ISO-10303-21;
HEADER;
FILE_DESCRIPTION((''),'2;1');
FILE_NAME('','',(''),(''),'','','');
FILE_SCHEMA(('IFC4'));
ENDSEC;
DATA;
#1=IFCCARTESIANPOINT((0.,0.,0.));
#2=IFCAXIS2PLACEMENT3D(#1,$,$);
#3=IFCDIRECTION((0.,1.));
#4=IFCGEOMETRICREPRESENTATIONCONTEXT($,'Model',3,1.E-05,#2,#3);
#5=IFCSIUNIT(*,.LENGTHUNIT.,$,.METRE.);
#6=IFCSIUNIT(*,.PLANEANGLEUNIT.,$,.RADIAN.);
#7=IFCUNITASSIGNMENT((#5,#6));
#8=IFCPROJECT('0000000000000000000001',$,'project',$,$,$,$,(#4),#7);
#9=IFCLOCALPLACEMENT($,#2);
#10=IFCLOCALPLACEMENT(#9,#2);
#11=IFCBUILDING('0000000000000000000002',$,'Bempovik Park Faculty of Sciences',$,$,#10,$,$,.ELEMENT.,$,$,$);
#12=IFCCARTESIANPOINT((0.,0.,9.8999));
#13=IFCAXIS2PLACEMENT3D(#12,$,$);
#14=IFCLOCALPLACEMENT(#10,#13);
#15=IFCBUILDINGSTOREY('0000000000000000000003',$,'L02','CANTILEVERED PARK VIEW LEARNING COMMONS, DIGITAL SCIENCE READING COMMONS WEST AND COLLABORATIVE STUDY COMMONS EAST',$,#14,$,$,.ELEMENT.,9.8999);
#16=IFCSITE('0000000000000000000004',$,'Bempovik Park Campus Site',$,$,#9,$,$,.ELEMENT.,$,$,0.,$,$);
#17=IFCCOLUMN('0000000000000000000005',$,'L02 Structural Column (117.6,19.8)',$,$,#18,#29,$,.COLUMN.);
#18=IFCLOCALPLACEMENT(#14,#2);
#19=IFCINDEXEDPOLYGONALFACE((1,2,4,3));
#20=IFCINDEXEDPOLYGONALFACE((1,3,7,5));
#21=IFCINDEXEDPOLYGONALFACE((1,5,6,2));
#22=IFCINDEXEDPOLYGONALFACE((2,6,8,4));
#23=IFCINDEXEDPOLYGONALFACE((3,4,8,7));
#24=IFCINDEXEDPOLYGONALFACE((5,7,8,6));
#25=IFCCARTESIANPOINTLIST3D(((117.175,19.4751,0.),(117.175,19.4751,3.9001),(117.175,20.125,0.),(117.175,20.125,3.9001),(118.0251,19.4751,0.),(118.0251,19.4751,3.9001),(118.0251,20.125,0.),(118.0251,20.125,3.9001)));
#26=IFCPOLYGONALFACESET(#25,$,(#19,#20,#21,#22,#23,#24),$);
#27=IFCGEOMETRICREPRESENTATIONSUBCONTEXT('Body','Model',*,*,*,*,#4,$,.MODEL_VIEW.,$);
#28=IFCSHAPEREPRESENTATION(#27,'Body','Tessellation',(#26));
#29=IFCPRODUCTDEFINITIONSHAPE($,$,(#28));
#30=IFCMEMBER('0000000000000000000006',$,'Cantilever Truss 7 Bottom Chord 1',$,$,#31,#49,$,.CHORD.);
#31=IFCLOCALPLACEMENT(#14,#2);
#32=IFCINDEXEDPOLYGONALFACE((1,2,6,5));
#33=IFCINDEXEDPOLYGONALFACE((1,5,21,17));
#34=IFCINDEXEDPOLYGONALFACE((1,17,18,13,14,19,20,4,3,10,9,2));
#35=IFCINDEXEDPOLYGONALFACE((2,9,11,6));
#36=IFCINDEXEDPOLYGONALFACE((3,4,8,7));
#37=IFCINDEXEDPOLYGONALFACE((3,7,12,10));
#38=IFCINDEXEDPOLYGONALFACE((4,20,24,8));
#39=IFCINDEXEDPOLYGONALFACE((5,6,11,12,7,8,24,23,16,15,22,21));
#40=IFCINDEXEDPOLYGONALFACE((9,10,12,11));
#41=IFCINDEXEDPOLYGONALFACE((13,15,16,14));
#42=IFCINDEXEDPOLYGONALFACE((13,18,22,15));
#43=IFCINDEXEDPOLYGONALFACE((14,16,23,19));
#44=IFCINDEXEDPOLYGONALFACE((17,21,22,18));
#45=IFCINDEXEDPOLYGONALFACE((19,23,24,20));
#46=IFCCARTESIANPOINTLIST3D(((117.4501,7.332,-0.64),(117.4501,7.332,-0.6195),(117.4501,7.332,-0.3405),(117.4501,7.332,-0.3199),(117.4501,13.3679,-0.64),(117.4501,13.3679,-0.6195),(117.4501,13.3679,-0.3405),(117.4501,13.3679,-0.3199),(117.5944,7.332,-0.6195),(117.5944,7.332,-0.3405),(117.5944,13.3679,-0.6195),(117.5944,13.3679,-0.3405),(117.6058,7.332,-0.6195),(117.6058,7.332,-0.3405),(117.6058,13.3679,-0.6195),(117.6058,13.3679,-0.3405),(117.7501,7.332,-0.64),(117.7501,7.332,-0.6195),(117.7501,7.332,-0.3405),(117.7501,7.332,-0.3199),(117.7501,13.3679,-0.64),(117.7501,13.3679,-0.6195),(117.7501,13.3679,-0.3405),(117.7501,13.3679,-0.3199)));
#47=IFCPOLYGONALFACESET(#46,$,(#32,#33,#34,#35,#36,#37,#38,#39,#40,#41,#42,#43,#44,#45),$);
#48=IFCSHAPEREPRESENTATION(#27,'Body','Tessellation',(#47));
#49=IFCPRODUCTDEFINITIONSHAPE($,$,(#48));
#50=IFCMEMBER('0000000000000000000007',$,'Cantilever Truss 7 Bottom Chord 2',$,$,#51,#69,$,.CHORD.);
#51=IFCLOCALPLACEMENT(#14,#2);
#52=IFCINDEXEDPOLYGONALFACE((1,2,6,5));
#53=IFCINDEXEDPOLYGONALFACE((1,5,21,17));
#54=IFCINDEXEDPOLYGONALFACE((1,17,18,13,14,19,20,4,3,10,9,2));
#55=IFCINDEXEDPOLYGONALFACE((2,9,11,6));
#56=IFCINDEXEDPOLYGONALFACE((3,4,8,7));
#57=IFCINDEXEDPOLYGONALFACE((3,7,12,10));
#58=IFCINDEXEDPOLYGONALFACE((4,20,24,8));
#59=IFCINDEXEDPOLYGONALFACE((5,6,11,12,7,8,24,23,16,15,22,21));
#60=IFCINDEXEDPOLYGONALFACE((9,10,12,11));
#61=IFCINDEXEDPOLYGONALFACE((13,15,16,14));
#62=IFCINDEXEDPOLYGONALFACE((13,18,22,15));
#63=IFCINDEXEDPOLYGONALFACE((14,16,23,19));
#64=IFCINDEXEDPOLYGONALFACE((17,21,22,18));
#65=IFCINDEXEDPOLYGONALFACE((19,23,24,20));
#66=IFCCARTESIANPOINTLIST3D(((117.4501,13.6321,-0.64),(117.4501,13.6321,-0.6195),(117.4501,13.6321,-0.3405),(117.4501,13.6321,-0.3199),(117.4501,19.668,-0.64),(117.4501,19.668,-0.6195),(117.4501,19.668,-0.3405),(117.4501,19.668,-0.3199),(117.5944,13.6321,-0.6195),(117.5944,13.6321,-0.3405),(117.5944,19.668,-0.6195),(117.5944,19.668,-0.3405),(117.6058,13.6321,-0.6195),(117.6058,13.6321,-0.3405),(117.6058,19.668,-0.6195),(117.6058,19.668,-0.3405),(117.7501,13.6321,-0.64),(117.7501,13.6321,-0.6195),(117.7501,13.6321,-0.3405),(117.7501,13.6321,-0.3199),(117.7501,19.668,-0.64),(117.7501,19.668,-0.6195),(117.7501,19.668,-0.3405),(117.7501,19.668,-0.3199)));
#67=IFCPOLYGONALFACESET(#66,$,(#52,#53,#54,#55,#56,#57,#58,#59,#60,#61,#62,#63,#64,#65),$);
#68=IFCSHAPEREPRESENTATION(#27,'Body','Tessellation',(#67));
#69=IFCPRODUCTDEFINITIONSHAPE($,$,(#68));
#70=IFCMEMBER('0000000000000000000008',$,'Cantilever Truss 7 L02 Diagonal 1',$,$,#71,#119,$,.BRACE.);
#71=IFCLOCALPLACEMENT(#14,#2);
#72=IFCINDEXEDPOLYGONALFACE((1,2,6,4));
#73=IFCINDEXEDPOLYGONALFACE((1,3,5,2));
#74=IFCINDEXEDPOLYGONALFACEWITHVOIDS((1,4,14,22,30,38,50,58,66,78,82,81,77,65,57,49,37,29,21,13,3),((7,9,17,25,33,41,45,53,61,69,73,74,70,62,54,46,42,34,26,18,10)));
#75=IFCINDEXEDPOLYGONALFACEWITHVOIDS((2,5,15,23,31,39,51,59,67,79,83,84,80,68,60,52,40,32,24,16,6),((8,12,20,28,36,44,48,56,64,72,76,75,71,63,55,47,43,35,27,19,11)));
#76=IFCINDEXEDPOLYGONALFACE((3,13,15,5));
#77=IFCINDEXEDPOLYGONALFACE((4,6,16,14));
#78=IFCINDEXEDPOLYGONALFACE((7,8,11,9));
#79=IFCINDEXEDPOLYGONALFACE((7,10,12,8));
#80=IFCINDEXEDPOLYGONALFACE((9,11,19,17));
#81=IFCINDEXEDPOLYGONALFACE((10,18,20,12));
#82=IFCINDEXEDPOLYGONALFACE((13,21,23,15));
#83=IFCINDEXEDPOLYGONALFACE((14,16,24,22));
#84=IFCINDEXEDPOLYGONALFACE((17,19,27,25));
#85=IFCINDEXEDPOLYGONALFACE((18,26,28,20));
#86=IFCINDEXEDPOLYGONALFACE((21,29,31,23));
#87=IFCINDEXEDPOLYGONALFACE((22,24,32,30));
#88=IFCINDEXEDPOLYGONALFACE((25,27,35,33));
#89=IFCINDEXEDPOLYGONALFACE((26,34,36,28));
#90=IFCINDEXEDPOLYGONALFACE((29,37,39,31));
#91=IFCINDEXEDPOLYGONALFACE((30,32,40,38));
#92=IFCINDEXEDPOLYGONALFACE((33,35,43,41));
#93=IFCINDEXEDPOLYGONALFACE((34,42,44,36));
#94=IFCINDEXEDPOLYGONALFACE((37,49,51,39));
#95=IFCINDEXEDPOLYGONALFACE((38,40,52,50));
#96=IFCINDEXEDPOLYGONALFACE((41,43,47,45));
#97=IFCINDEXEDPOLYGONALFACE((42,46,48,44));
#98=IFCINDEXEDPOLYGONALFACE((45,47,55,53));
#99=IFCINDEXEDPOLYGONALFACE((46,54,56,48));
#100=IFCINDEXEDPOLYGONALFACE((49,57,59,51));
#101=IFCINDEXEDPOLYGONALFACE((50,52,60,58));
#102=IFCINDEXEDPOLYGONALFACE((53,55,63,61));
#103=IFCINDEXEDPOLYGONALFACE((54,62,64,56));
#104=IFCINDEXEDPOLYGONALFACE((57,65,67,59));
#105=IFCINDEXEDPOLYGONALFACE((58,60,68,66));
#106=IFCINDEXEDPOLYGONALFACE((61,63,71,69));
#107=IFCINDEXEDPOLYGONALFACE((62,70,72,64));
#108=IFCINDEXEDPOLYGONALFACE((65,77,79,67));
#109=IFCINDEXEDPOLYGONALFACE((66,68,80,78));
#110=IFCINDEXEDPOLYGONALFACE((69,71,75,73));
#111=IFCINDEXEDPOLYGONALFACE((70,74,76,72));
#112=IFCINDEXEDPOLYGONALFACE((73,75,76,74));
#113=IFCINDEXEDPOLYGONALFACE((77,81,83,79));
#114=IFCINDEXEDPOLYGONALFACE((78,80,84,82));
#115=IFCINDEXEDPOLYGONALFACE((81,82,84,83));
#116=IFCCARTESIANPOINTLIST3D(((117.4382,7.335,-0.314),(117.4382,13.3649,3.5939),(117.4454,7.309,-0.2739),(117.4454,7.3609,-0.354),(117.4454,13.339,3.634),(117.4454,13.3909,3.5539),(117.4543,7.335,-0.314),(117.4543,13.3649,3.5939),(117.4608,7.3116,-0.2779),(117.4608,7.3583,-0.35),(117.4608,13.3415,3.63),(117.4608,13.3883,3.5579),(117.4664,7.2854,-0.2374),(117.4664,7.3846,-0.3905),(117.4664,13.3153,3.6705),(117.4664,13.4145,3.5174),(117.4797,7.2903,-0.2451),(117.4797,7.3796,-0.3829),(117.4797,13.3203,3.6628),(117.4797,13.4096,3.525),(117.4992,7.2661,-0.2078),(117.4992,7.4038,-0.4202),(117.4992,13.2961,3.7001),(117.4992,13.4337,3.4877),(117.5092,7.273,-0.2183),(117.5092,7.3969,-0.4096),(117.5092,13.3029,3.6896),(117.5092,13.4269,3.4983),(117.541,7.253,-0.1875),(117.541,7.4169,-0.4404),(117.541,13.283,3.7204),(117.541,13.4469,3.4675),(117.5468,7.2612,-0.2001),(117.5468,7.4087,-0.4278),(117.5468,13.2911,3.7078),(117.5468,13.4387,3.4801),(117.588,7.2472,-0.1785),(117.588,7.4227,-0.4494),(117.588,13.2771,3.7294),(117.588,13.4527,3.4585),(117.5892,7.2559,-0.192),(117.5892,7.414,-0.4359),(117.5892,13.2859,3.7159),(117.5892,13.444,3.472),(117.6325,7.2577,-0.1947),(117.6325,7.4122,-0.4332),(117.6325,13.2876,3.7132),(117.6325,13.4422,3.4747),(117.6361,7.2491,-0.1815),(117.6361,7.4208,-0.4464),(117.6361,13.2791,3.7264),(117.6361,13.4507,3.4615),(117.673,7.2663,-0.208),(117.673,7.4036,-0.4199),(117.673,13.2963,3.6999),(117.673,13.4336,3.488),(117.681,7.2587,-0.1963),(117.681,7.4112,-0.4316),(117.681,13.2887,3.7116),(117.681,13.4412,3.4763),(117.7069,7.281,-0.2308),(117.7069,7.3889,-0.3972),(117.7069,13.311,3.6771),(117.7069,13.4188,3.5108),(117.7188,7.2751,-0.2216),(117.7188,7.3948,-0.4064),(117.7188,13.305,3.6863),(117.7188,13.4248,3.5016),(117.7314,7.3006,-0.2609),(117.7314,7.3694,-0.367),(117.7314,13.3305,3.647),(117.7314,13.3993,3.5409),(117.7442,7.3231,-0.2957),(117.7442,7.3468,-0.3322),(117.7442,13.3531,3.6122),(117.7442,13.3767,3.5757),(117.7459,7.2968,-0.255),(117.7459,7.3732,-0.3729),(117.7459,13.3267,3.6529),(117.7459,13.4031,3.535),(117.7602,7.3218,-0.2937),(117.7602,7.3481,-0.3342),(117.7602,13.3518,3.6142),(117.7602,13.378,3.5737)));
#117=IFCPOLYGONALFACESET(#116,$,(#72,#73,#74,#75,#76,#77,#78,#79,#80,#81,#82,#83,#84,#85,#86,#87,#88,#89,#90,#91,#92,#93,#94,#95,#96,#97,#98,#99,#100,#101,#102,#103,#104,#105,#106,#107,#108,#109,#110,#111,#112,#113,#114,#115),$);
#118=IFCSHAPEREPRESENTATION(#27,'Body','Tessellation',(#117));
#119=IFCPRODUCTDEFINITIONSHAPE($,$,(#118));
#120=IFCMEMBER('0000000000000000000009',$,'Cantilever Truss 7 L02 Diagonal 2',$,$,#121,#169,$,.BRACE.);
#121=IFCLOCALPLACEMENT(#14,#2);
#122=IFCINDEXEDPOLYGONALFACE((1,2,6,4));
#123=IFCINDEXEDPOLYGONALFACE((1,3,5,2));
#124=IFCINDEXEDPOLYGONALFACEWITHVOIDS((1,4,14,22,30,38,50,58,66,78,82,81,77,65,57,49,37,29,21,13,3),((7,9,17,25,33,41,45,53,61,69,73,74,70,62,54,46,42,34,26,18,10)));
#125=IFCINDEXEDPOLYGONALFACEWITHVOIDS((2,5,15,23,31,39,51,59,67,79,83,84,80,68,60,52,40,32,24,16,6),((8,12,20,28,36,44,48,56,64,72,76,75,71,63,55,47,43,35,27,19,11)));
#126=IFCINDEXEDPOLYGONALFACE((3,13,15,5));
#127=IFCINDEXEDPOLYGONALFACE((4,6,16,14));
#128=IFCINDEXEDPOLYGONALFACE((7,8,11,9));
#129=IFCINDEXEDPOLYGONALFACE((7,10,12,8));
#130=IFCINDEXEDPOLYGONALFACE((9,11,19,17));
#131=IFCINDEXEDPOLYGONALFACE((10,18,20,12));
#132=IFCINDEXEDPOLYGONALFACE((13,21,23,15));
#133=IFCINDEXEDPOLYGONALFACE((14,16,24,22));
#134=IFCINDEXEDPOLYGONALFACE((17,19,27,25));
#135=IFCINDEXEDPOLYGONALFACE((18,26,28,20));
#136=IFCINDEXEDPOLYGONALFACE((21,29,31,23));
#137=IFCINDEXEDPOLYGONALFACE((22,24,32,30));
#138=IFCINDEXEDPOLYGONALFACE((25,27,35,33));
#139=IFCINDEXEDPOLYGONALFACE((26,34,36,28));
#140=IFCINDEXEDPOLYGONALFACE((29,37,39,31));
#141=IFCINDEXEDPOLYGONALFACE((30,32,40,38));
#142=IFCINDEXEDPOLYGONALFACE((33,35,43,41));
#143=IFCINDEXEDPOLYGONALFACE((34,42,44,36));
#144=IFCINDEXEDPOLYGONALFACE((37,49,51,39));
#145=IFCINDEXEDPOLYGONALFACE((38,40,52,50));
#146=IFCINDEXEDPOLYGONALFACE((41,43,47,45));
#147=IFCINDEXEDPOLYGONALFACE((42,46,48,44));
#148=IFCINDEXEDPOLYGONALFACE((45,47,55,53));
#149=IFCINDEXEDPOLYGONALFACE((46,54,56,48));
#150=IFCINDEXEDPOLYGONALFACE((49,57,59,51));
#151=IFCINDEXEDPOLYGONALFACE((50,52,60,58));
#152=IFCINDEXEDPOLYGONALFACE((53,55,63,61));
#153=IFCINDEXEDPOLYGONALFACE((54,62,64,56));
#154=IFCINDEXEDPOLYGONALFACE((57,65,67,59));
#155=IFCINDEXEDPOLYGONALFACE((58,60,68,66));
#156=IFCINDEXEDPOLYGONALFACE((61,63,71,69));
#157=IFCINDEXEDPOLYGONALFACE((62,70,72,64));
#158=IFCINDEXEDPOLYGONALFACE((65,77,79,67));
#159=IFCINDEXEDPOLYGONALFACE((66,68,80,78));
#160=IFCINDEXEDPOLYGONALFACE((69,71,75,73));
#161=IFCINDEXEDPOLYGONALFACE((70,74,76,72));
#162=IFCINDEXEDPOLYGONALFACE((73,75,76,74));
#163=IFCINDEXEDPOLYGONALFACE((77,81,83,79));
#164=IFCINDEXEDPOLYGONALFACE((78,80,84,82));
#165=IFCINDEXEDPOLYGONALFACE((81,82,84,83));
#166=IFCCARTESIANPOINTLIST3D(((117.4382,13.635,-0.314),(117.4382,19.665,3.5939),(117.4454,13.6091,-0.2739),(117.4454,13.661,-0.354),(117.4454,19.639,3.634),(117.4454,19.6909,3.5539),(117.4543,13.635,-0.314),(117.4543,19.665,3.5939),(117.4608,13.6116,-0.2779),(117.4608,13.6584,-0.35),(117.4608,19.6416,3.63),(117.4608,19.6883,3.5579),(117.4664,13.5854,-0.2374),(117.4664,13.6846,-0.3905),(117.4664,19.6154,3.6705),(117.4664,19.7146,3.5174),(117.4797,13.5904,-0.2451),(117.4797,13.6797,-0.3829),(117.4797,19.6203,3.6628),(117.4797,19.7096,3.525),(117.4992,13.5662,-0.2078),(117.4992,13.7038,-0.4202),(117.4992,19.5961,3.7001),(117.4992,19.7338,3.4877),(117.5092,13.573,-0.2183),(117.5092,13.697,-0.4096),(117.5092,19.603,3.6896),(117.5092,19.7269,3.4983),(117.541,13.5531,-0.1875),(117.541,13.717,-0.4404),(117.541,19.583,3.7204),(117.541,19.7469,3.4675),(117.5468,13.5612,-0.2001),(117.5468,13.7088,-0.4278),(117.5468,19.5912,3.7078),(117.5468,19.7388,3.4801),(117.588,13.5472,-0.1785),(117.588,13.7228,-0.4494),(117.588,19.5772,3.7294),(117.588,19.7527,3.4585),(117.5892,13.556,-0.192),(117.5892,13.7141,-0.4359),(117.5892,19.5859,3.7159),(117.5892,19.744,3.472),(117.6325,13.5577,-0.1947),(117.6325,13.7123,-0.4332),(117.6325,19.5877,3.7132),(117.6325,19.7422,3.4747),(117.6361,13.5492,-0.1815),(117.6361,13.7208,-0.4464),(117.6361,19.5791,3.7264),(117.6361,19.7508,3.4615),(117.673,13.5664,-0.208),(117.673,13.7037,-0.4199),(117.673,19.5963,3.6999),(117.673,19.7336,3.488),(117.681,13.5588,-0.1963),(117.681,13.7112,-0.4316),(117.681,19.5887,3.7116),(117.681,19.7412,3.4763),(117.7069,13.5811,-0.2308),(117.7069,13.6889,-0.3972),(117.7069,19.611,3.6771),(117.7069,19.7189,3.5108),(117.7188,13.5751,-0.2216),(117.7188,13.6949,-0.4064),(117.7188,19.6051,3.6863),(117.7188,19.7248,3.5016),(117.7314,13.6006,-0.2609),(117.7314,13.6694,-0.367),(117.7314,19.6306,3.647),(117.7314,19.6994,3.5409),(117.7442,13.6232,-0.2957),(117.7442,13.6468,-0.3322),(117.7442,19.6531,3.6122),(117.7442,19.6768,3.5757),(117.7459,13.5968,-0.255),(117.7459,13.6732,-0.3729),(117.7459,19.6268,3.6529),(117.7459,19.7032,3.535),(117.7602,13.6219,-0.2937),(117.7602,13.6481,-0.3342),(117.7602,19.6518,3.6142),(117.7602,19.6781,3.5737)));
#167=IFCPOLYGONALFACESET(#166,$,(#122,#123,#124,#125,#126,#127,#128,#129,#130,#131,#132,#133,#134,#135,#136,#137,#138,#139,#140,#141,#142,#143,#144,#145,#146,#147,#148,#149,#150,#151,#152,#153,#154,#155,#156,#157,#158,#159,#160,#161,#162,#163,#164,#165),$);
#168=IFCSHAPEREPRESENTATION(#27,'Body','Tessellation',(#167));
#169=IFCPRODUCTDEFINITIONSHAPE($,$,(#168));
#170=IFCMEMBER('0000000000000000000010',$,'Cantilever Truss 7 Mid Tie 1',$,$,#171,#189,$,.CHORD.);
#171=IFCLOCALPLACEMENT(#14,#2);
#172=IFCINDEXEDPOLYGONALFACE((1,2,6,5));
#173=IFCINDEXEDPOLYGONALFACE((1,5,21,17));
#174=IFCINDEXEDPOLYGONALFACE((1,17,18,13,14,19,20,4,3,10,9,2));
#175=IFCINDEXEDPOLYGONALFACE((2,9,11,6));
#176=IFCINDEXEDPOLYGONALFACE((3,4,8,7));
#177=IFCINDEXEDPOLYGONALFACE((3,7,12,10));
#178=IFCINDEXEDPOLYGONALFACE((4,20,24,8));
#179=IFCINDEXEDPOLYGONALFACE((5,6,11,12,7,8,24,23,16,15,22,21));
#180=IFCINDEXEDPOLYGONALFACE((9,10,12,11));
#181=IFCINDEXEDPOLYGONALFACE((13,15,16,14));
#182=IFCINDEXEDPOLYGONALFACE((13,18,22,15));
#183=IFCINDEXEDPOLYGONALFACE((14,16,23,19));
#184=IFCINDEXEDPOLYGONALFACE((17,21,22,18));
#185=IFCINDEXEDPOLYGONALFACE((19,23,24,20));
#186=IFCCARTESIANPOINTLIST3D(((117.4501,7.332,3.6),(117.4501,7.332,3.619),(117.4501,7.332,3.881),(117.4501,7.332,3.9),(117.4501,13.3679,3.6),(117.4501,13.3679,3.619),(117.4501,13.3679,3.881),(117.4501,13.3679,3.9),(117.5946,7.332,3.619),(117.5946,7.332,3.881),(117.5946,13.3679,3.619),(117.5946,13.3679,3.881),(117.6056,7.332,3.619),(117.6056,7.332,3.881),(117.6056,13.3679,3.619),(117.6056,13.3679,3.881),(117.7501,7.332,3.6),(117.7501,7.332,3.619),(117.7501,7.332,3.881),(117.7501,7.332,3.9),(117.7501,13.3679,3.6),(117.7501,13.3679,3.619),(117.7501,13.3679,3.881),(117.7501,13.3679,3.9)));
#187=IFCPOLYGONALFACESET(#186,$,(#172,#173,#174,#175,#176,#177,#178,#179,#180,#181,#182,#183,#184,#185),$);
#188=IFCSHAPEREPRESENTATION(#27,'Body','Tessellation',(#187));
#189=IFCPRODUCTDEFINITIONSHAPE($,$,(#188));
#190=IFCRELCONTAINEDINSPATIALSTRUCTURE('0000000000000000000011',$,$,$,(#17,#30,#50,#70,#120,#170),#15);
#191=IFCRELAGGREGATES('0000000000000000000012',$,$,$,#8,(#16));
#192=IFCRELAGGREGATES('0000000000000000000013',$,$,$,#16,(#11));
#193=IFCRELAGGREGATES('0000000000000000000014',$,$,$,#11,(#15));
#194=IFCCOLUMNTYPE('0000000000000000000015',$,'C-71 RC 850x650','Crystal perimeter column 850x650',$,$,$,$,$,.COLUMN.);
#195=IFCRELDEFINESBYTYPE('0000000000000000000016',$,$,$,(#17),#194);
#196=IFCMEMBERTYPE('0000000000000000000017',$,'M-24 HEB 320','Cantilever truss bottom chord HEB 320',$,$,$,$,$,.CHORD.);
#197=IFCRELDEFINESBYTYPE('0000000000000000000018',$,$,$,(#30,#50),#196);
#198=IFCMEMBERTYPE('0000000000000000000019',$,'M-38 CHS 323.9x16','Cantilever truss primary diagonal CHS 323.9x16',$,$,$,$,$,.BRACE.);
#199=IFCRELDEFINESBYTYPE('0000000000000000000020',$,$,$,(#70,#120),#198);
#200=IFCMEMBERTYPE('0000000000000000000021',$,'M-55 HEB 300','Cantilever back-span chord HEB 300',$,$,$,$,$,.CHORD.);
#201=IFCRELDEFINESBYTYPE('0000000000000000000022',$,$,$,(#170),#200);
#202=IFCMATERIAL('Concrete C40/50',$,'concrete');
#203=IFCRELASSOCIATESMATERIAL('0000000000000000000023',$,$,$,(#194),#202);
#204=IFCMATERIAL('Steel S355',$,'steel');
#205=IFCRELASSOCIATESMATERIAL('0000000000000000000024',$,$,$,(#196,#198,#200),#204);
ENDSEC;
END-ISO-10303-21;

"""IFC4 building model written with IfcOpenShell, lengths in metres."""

from ifc_helpers import new_model, si_unit, direction, frame, origin, origin_2d, place, context, subcontext, project, spatial, rectangle, hollow_circle, i_section, extrude, material, material_profile, profile_set, type_object, element, save


model = new_model("IFC4")

# Units and contexts
model_context = context("Model", 3, precision=1e-05, world=origin(), true_north=direction((0.0, 1.0)))
body_context = subcontext(model_context, "Body", "Model", "MODEL_VIEW")
ifc_project = project(units=[si_unit("LENGTHUNIT", "METRE"), si_unit("PLANEANGLEUNIT", "RADIAN")], contexts=[model_context])

# Site, building, storey
site_placement = place(None, origin())
site = spatial("IfcSite", under=ifc_project, at=site_placement, Name="Bempovik Park Campus Site", CompositionType="ELEMENT", RefElevation=0.0)
building_placement = place(site_placement, origin())
building = spatial("IfcBuilding", under=site, at=building_placement, Name="Bempovik Park Faculty of Sciences", CompositionType="ELEMENT")
storey_placement = place(building_placement, frame((0.0, 0.0, 9.8999)))
storey = spatial("IfcBuildingStorey", under=building, at=storey_placement, Name="L02", Description="CANTILEVERED PARK VIEW LEARNING COMMONS, DIGITAL SCIENCE READING COMMONS WEST AND COLLABORATIVE STUDY COMMONS EAST", CompositionType="ELEMENT", Elevation=9.8999)

# Column
ifc_material_1 = material(Name="Concrete C40/50", Category="concrete")
ifc_material_profile_1 = material_profile(ifc_material_1, rectangle(XDim=0.8501, YDim=0.6499, at=origin_2d()), Name="RC 850x650")
ifc_profile_set_1 = profile_set([ifc_material_profile_1], Name="Concrete C40/50")
column_type = type_object("IfcColumnType", Name="C-71 RC 850x650", Description="Crystal perimeter column 850x650", PredefinedType="COLUMN", material=ifc_profile_set_1)
column_placement = place(storey_placement, frame((117.6001, 19.8, 0.0), z_axis=(0.0, 0.0, 1.0), x_axis=(1.0, 0.0, 0.0)))
element("IfcColumn", 1, at=column_placement, inside=storey, type_object=column_type, Name="L02 Structural Column (117.6,19.8)", PredefinedType="COLUMN", context=body_context, shape_type="SweptSolid", body=[
    extrude(rectangle(XDim=0.8501, YDim=0.6499, at=origin_2d()), origin(), (0.0, 0.0, 1.0), 3.9001),
])

# Members
ifc_material_2 = material(Name="Steel S355", Category="steel")
ifc_material_profile_2 = material_profile(ifc_material_2, i_section(OverallWidth=0.3, OverallDepth=0.3201, WebThickness=0.0115, FlangeThickness=0.0205, at=origin_2d()), Name="HEB 320")
ifc_profile_set_2 = profile_set([ifc_material_profile_2], Name="Steel S355")
member_type_1 = type_object("IfcMemberType", Name="M-24 HEB 320", Description="Cantilever truss bottom chord HEB 320", PredefinedType="CHORD", material=ifc_profile_set_2)
for number, where, z_axis, x_axis, name in (
    (2, (117.6001, 7.332, -0.48), (0.0, 1.0, 0.0), (-1.0, 0.0, 0.0), "Cantilever Truss 7 Bottom Chord 1"),
    (3, (117.6001, 13.6321, -0.48), (0.0, 1.0, 0.0), (-1.0, 0.0, 0.0), "Cantilever Truss 7 Bottom Chord 2"),
):
    element("IfcMember", number, at=place(storey_placement, frame(where, z_axis=z_axis, x_axis=x_axis)), inside=storey, type_object=member_type_1, Name=name, PredefinedType="CHORD", context=body_context, shape_type="SweptSolid", body=[
        extrude(i_section(OverallWidth=0.3, OverallDepth=0.3201, WebThickness=0.0115, FlangeThickness=0.0205, at=origin_2d()), origin(), (0.0, 0.0, 1.0), 6.0359),
    ])
ifc_material_profile_3 = material_profile(ifc_material_2, hollow_circle(Radius=0.1619, WallThickness=0.0161, at=origin_2d()), Name="CHS 323.9x16")
ifc_profile_set_3 = profile_set([ifc_material_profile_3], Name="Steel S355")
member_type_2 = type_object("IfcMemberType", Name="M-38 CHS 323.9x16", Description="Cantilever truss primary diagonal CHS 323.9x16", PredefinedType="BRACE", material=ifc_profile_set_3)
for number, where, z_axis, x_axis, name in (
    (4, (117.6001, 7.335, -0.314), (0.0, 0.839178, 0.543857), (-1.0, 0.0, 0.0), "Cantilever Truss 7 L02 Diagonal 1"),
    (5, (117.6001, 13.635, -0.314), (0.0, 0.839178, 0.543857), (-1.0, 0.0, 0.0), "Cantilever Truss 7 L02 Diagonal 2"),
):
    element("IfcMember", number, at=place(storey_placement, frame(where, z_axis=z_axis, x_axis=x_axis)), inside=storey, type_object=member_type_2, Name=name, PredefinedType="BRACE", context=body_context, shape_type="SweptSolid", body=[
        extrude(hollow_circle(Radius=0.1619, WallThickness=0.0161, at=origin_2d()), origin(), (0.0, 0.0, 1.0), 7.1855),
    ])
ifc_material_profile_4 = material_profile(ifc_material_2, i_section(OverallWidth=0.3, OverallDepth=0.3, WebThickness=0.011, FlangeThickness=0.019, at=origin_2d()), Name="HEB 300")
ifc_profile_set_4 = profile_set([ifc_material_profile_4], Name="Steel S355")
member_type_3 = type_object("IfcMemberType", Name="M-55 HEB 300", Description="Cantilever back-span chord HEB 300", PredefinedType="CHORD", material=ifc_profile_set_4)
for number, where, z_axis, x_axis, name in (
    (6, (117.6001, 7.332, 3.75), (0.0, 1.0, 0.0), (-1.0, 0.0, 0.0), "Cantilever Truss 7 Mid Tie 1"),
):
    element("IfcMember", number, at=place(storey_placement, frame(where, z_axis=z_axis, x_axis=x_axis)), inside=storey, type_object=member_type_3, Name=name, PredefinedType="CHORD", context=body_context, shape_type="SweptSolid", body=[
        extrude(i_section(OverallWidth=0.3, OverallDepth=0.3, WebThickness=0.011, FlangeThickness=0.019, at=origin_2d()), origin(), (0.0, 0.0, 1.0), 6.0359),
    ])

save(model, "model.ifc")
